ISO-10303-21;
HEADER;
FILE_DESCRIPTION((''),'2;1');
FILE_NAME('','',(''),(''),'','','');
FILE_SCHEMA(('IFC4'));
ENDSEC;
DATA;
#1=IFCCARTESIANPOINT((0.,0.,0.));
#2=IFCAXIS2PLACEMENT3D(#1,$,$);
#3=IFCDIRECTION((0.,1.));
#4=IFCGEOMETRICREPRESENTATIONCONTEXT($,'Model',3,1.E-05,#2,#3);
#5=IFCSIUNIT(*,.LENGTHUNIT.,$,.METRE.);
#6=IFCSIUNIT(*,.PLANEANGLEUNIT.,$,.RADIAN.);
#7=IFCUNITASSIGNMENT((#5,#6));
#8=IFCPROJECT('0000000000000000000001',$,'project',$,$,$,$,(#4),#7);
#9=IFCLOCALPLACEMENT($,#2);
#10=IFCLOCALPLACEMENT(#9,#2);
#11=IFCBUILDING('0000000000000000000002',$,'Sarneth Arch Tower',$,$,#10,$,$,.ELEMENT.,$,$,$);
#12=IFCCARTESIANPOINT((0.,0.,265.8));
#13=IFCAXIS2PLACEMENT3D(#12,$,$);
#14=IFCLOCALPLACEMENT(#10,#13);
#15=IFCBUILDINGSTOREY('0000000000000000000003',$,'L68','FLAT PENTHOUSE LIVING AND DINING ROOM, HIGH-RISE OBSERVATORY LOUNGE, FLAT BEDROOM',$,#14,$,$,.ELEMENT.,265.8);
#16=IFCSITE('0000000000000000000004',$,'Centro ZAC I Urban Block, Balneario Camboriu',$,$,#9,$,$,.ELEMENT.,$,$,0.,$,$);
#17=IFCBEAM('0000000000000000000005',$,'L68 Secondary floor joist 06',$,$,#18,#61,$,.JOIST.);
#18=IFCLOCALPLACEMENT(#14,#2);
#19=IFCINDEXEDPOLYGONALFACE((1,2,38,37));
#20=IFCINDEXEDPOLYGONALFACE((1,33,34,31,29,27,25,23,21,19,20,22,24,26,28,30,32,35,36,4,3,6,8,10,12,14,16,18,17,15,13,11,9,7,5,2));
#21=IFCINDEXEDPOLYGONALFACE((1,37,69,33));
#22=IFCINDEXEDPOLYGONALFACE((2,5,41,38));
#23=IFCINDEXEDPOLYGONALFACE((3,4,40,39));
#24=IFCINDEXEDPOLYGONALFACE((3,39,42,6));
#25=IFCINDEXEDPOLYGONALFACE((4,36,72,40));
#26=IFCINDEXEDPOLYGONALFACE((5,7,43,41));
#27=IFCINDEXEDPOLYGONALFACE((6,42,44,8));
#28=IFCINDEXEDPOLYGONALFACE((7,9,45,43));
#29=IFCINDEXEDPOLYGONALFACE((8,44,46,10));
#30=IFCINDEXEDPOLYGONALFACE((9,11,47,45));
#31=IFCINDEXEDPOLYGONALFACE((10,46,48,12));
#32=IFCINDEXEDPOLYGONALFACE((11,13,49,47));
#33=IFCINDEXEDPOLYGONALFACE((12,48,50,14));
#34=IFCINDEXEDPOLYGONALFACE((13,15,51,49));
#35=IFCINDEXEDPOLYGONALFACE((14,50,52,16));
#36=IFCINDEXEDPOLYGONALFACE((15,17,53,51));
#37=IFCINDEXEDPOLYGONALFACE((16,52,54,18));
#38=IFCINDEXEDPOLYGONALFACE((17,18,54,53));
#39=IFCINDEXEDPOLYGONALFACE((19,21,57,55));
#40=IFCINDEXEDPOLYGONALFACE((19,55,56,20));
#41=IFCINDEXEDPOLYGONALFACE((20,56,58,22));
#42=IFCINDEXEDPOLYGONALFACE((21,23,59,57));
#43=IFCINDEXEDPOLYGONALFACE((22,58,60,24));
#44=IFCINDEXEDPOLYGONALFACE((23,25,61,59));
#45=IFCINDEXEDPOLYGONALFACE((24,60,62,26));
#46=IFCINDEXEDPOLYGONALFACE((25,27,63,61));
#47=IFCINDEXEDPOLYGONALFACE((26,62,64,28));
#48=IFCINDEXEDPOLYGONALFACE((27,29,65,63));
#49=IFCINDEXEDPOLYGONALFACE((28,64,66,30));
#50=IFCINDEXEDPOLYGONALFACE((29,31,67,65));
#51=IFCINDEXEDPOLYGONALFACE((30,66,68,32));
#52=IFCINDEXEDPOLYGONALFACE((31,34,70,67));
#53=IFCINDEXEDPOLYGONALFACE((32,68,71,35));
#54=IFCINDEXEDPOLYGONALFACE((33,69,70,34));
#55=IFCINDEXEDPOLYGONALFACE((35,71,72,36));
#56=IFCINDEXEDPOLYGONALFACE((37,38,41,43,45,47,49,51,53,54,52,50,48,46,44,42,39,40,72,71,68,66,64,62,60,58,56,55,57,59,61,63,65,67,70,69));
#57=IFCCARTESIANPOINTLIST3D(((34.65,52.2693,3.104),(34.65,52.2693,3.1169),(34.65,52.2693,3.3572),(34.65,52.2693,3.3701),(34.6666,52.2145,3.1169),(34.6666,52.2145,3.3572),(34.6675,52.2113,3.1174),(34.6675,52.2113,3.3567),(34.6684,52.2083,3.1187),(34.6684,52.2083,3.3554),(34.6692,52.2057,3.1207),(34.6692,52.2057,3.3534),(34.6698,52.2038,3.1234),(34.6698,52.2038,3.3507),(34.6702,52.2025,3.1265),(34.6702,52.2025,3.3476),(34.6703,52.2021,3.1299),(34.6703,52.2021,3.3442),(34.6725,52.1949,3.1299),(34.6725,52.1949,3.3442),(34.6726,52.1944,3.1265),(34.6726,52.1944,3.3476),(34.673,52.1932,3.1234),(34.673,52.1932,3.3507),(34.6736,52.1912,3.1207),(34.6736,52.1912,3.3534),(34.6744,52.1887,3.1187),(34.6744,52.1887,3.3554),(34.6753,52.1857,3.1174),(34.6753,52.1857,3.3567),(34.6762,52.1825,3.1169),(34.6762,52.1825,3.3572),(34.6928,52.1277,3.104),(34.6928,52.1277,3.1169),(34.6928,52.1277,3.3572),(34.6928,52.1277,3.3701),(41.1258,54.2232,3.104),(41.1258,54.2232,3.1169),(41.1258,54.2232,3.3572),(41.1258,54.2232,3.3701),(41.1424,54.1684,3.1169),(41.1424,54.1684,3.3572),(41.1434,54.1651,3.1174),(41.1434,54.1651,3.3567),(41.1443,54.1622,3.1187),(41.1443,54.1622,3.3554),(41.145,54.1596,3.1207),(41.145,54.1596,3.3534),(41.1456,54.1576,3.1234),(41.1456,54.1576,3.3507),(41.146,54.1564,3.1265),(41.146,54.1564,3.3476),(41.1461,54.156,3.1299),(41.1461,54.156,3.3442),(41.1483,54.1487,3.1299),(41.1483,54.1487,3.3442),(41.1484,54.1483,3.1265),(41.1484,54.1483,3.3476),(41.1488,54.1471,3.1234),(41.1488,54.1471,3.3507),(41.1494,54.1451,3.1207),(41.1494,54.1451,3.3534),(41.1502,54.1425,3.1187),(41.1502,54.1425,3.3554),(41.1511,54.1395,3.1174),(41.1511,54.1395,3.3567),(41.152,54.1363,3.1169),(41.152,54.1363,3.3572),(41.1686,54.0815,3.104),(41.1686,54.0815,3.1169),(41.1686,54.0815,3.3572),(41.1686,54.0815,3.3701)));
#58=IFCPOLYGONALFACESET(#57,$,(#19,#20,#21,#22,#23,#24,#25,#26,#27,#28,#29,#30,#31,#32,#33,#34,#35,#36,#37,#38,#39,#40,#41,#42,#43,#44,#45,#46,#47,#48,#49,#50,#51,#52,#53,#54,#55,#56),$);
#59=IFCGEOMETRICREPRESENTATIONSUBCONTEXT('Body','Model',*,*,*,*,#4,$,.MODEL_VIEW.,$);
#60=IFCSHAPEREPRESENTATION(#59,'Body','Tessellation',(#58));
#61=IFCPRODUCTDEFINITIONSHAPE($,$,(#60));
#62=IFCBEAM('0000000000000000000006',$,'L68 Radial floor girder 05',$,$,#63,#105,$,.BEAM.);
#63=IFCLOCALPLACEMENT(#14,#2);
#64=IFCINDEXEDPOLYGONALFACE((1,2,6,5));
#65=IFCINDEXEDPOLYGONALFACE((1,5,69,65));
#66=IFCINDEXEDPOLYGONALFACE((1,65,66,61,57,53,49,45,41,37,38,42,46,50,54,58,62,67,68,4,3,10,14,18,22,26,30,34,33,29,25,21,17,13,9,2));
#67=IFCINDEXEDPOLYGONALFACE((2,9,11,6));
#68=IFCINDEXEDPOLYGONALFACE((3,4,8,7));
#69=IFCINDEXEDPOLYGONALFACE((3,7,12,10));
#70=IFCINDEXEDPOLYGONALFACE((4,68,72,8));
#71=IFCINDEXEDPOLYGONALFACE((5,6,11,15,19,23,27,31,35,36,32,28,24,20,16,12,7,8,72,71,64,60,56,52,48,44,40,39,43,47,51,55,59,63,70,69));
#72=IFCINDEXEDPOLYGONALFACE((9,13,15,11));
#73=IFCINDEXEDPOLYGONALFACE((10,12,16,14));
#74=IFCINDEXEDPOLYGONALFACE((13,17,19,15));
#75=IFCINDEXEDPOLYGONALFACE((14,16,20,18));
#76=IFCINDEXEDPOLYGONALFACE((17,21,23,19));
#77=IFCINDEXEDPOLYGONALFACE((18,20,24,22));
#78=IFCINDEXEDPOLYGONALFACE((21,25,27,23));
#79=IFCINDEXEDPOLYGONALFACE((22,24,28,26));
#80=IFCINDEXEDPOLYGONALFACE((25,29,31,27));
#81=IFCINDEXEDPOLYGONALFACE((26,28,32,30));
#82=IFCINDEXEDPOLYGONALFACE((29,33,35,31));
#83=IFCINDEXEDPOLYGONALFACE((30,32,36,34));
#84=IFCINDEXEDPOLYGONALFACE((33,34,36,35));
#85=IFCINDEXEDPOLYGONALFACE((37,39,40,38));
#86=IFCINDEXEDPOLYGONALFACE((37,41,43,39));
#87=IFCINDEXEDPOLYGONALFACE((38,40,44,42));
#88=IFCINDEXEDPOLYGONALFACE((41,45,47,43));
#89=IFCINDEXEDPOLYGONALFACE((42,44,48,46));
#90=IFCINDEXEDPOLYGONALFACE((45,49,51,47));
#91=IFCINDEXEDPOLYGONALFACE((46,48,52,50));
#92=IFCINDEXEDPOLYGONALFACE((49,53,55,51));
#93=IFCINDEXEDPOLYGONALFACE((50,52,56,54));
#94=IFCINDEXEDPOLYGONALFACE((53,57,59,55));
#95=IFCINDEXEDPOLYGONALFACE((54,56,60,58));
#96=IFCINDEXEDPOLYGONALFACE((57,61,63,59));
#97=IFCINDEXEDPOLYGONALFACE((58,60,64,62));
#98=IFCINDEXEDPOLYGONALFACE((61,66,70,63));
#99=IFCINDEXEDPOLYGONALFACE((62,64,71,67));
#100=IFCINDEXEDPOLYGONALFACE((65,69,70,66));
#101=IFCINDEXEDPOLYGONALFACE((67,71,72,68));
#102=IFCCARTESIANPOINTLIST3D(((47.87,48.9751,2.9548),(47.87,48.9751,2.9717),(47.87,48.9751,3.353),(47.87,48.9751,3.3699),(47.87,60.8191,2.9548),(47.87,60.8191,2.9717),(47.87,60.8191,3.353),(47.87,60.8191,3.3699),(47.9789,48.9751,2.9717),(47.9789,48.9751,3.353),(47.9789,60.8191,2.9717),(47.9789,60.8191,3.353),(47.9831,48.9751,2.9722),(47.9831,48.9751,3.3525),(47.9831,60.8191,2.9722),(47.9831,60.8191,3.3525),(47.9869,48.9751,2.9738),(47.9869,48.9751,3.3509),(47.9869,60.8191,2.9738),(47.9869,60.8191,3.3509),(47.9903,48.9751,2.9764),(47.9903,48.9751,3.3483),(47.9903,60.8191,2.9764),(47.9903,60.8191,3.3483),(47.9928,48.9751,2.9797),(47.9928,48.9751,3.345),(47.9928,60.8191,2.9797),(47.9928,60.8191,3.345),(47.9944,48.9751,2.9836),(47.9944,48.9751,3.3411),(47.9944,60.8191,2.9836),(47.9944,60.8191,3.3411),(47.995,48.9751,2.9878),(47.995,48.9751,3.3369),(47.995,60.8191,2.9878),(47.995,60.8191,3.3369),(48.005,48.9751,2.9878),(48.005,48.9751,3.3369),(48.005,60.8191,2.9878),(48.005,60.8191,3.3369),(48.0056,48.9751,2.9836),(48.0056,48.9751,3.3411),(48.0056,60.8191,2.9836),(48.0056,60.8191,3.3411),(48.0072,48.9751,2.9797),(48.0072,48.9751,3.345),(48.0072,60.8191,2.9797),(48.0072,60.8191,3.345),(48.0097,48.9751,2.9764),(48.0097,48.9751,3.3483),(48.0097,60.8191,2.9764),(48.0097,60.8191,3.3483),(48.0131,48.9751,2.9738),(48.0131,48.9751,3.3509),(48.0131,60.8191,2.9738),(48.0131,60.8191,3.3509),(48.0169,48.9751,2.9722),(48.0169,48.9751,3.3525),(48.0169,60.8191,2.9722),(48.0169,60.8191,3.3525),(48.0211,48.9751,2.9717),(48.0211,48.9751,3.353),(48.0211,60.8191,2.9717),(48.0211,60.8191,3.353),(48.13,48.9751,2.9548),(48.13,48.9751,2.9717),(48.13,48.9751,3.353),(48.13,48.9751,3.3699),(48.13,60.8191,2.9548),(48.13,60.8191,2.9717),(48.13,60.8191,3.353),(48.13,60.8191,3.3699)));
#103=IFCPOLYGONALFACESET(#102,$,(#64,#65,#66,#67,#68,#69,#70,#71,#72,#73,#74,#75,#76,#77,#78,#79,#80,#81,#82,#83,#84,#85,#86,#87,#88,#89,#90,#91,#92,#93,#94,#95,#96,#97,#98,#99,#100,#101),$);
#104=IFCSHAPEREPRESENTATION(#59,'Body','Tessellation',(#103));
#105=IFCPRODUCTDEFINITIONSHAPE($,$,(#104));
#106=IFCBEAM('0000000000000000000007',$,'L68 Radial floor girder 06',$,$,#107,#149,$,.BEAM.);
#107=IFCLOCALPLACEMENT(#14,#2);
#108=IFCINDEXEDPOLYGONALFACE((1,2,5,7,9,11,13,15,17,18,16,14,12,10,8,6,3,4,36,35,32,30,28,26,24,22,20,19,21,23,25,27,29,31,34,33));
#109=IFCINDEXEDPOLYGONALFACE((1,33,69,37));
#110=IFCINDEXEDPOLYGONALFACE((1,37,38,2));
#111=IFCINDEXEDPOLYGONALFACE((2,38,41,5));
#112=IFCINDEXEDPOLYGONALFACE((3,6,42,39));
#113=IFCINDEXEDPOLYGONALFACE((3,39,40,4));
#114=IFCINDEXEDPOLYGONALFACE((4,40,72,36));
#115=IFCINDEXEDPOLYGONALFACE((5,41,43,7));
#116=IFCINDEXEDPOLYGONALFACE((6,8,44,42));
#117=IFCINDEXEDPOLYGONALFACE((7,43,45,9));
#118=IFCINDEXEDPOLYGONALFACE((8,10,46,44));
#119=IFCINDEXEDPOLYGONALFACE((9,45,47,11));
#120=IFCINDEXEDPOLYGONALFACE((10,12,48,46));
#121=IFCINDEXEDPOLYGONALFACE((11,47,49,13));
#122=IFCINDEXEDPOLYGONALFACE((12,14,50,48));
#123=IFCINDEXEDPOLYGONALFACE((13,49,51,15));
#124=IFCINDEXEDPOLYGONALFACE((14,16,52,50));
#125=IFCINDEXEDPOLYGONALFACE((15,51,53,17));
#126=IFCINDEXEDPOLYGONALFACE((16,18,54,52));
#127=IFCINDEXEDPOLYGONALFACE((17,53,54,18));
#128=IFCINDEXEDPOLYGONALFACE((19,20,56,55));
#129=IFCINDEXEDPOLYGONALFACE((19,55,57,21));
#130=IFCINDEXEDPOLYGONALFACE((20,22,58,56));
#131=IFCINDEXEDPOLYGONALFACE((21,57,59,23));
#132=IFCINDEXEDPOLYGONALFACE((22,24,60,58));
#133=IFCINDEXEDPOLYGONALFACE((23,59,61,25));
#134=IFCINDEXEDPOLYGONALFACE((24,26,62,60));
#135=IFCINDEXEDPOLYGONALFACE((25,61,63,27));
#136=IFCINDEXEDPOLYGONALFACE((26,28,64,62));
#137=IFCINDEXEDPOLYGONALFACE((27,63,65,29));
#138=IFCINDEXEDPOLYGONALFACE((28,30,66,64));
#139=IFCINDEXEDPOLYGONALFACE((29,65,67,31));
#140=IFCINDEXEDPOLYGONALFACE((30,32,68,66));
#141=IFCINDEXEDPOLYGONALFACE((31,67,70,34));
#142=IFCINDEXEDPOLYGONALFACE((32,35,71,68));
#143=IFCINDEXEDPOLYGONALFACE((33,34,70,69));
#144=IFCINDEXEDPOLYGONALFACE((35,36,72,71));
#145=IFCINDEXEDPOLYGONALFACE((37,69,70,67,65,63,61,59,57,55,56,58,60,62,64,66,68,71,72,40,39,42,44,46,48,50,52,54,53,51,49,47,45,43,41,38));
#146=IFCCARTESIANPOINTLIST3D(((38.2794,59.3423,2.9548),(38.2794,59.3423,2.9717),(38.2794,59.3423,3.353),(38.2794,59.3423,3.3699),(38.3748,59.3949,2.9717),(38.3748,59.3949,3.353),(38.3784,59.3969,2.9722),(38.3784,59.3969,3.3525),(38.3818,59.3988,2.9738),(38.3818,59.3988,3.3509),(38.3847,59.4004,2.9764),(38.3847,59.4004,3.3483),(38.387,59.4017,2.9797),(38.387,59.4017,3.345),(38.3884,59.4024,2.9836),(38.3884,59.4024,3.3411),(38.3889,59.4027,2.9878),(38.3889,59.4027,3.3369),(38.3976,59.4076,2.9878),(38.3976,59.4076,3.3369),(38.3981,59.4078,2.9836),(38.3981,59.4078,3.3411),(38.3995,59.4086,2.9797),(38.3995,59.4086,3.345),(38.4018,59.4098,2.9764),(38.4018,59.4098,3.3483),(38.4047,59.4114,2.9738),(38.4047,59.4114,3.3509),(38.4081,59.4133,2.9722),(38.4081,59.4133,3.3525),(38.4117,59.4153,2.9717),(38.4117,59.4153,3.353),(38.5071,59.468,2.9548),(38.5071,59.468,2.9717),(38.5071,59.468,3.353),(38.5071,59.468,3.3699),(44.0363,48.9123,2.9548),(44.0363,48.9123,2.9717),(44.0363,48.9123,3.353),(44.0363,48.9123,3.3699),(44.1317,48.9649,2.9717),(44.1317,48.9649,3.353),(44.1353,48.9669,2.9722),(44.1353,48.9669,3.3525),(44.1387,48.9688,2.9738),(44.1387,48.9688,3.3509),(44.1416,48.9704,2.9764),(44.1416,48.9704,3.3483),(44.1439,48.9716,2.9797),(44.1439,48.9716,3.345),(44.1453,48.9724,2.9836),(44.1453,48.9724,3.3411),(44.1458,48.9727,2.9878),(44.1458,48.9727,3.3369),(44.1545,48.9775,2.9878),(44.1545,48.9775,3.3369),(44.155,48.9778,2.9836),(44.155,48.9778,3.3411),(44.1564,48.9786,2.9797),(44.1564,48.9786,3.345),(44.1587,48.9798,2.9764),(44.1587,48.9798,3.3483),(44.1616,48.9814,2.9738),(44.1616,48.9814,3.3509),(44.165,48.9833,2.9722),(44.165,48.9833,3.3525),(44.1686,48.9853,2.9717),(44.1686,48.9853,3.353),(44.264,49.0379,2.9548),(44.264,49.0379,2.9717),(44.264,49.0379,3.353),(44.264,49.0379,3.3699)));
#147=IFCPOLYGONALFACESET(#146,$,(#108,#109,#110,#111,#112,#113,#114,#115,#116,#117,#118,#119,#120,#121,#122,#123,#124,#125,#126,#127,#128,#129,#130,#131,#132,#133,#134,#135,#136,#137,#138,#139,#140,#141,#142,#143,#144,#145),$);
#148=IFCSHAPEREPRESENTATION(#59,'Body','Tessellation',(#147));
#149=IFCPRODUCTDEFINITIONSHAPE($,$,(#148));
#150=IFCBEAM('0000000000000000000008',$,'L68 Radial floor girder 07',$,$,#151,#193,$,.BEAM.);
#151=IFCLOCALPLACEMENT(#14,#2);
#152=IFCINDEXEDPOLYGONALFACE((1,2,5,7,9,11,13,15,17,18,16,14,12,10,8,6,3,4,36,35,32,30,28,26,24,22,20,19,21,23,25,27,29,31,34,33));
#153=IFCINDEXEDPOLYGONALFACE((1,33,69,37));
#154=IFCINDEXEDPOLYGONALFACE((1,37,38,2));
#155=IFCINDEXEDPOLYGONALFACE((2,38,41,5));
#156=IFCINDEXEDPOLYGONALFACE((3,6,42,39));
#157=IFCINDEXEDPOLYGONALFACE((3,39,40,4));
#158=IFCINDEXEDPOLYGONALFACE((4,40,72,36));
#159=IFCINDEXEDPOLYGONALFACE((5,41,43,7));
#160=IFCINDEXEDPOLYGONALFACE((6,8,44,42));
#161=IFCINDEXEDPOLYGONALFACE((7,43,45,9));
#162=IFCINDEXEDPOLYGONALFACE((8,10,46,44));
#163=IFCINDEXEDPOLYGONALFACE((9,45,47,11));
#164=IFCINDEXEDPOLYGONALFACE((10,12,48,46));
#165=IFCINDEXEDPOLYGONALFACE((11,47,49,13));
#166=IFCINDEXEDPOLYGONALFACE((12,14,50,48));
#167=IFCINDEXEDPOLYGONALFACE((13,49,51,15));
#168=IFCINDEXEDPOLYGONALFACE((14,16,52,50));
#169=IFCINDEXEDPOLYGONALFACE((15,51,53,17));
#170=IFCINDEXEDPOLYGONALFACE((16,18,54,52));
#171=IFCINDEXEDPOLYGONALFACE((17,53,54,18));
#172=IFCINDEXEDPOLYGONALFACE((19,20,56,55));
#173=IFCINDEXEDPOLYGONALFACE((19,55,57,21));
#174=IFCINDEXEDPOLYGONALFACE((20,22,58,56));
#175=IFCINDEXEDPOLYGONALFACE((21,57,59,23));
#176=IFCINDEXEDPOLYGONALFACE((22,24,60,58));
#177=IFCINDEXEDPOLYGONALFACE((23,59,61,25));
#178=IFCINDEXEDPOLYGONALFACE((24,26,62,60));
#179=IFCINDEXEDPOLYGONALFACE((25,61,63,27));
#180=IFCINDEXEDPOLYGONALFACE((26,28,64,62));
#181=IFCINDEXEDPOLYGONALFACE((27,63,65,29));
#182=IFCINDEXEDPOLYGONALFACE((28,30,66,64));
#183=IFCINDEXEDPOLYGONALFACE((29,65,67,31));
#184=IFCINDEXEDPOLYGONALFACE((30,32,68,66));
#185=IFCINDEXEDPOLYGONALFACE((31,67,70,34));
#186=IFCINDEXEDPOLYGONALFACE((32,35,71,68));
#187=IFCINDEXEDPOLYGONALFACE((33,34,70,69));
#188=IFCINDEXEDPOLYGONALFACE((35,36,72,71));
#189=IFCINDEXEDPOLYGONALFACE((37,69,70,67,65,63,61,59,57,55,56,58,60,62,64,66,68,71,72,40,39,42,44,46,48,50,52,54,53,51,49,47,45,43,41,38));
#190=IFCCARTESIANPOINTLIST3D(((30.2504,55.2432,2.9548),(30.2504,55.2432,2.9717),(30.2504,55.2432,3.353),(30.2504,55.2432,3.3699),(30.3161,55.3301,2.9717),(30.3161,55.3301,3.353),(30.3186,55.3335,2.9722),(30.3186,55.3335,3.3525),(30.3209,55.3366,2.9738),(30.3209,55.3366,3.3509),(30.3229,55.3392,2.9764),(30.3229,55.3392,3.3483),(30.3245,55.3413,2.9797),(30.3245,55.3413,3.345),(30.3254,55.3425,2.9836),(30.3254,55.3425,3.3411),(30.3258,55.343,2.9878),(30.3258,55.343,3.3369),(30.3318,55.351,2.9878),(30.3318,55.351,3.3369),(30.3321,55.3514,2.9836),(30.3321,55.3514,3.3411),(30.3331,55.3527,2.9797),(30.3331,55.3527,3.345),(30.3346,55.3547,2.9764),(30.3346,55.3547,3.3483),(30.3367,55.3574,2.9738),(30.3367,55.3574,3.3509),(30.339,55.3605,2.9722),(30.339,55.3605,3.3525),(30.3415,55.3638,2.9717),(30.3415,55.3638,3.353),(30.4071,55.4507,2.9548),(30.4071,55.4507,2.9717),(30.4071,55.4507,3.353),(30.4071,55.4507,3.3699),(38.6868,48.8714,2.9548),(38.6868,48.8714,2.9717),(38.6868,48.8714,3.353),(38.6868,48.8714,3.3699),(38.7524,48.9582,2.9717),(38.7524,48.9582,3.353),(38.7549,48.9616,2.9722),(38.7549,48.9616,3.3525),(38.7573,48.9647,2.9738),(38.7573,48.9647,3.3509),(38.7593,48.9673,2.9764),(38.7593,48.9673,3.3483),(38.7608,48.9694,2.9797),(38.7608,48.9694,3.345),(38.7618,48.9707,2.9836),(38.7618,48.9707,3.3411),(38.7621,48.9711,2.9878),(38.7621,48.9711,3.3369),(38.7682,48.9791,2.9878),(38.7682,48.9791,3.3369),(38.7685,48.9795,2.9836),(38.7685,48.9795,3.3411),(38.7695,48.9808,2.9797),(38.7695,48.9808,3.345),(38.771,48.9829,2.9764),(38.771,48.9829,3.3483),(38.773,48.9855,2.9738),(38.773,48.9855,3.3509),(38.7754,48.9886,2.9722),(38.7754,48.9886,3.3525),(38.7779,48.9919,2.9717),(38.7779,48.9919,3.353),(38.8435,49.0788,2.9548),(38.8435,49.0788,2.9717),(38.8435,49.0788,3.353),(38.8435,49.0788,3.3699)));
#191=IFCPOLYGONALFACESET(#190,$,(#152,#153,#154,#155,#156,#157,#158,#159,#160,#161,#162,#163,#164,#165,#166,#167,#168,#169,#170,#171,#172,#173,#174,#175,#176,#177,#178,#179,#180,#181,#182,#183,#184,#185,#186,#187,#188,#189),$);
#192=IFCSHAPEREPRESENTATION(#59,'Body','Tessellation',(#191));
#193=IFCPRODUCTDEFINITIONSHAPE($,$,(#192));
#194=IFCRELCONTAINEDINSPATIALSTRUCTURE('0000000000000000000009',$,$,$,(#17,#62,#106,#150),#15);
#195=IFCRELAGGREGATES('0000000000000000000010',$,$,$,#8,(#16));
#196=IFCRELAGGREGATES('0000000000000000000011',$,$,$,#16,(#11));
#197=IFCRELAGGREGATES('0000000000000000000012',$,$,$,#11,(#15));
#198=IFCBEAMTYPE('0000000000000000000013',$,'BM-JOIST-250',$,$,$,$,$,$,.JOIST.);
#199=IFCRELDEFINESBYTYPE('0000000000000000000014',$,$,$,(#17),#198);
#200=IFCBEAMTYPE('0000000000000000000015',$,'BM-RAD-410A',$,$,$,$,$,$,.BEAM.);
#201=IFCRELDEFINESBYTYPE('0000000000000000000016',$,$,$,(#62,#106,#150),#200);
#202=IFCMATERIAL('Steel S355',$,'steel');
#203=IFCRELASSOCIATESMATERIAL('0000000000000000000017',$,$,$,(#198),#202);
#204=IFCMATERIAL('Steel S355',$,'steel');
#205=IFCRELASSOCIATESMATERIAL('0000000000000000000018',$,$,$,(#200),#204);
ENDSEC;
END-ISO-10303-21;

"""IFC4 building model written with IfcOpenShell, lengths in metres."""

from ifc_helpers import new_model, si_unit, direction, frame, origin, origin_2d, place, context, subcontext, project, spatial, i_section, extrude, material, material_profile, profile_set, type_object, element, save


model = new_model("IFC4")

# Units and contexts
model_context = context("Model", 3, precision=1e-05, world=origin(), true_north=direction((0.0, 1.0)))
body_context = subcontext(model_context, "Body", "Model", "MODEL_VIEW")
ifc_project = project(units=[si_unit("LENGTHUNIT", "METRE"), si_unit("PLANEANGLEUNIT", "RADIAN")], contexts=[model_context])

# Site, building, storey
site_placement = place(None, origin())
site = spatial("IfcSite", under=ifc_project, at=site_placement, Name="Centro ZAC I Urban Block, Balneario Camboriu", CompositionType="ELEMENT", RefElevation=0.0)
building_placement = place(site_placement, origin())
building = spatial("IfcBuilding", under=site, at=building_placement, Name="Sarneth Arch Tower", CompositionType="ELEMENT")
storey_placement = place(building_placement, frame((0.0, 0.0, 265.8)))
storey = spatial("IfcBuildingStorey", under=building, at=storey_placement, Name="L68", Description="FLAT PENTHOUSE LIVING AND DINING ROOM, HIGH-RISE OBSERVATORY LOUNGE, FLAT BEDROOM", CompositionType="ELEMENT", Elevation=265.8)

# Beams
ifc_material_1 = material(Name="Steel S355", Category="steel")
ifc_material_profile_1 = material_profile(ifc_material_1, i_section(OverallWidth=0.1479, OverallDepth=0.2661, WebThickness=0.0076, FlangeThickness=0.0129, FilletRadius=0.0129, at=origin_2d()), Name="W250x44.8")
ifc_profile_set_1 = profile_set([ifc_material_profile_1], Name="Steel S355")
beam_type_1 = type_object("IfcBeamType", Name="BM-JOIST-250", PredefinedType="JOIST", material=ifc_profile_set_1)
beam_1_placement = place(storey_placement, frame((41.1472, 54.1523, 3.2371), z_axis=(-0.957373, -0.288854, 0.0), x_axis=(0.288854, -0.957373, 0.0)))
element("IfcBeam", 1, at=beam_1_placement, inside=storey, type_object=beam_type_1, Name="L68 Secondary floor joist 06", PredefinedType="JOIST", context=body_context, shape_type="SweptSolid", body=[
    extrude(i_section(OverallWidth=0.1479, OverallDepth=0.2661, WebThickness=0.0076, FlangeThickness=0.0129, FilletRadius=0.0129, at=origin_2d()), origin(), (0.0, 0.0, 1.0), 6.7642),
])
ifc_material_2 = material(Name="Steel S355", Category="steel")
ifc_material_profile_2 = material_profile(ifc_material_2, i_section(OverallWidth=0.26, OverallDepth=0.415, WebThickness=0.01, FlangeThickness=0.0168, FilletRadius=0.0161, at=origin_2d()), Name="W410x100")
ifc_profile_set_2 = profile_set([ifc_material_profile_2], Name="Steel S355")
beam_type_2 = type_object("IfcBeamType", Name="BM-RAD-410A", PredefinedType="BEAM", material=ifc_profile_set_2)
beam_2_placement = place(storey_placement, frame((48.0, 48.9751, 3.1624), z_axis=(0.0, 1.0, 0.0), x_axis=(-1.0, 0.0, 0.0)))
element("IfcBeam", 2, at=beam_2_placement, inside=storey, type_object=beam_type_2, Name="L68 Radial floor girder 05", PredefinedType="BEAM", context=body_context, shape_type="SweptSolid", body=[
    extrude(i_section(OverallWidth=0.26, OverallDepth=0.415, WebThickness=0.01, FlangeThickness=0.0168, FilletRadius=0.0161, at=origin_2d()), origin(), (0.0, 0.0, 1.0), 11.844),
])
beam_3_placement = place(storey_placement, frame((44.1501, 48.9751, 3.1624), z_axis=(-0.483231, 0.875493, 0.0), x_axis=(-0.875493, -0.483231, 0.0)))
element("IfcBeam", 3, at=beam_3_placement, inside=storey, type_object=beam_type_2, Name="L68 Radial floor girder 06", PredefinedType="BEAM", context=body_context, shape_type="SweptSolid", body=[
    extrude(i_section(OverallWidth=0.26, OverallDepth=0.415, WebThickness=0.01, FlangeThickness=0.0168, FilletRadius=0.0161, at=origin_2d()), origin(), (0.0, 0.0, 1.0), 11.9133),
])
beam_4_placement = place(storey_placement, frame((38.7651, 48.9751, 3.1624), z_axis=(-0.79797, 0.602698, 0.0), x_axis=(-0.602698, -0.79797, 0.0)))
element("IfcBeam", 4, at=beam_4_placement, inside=storey, type_object=beam_type_2, Name="L68 Radial floor girder 07", PredefinedType="BEAM", context=body_context, shape_type="SweptSolid", body=[
    extrude(i_section(OverallWidth=0.26, OverallDepth=0.415, WebThickness=0.01, FlangeThickness=0.0168, FilletRadius=0.0161, at=origin_2d()), origin(), (0.0, 0.0, 1.0), 10.5723),
])

save(model, "model.ifc")
